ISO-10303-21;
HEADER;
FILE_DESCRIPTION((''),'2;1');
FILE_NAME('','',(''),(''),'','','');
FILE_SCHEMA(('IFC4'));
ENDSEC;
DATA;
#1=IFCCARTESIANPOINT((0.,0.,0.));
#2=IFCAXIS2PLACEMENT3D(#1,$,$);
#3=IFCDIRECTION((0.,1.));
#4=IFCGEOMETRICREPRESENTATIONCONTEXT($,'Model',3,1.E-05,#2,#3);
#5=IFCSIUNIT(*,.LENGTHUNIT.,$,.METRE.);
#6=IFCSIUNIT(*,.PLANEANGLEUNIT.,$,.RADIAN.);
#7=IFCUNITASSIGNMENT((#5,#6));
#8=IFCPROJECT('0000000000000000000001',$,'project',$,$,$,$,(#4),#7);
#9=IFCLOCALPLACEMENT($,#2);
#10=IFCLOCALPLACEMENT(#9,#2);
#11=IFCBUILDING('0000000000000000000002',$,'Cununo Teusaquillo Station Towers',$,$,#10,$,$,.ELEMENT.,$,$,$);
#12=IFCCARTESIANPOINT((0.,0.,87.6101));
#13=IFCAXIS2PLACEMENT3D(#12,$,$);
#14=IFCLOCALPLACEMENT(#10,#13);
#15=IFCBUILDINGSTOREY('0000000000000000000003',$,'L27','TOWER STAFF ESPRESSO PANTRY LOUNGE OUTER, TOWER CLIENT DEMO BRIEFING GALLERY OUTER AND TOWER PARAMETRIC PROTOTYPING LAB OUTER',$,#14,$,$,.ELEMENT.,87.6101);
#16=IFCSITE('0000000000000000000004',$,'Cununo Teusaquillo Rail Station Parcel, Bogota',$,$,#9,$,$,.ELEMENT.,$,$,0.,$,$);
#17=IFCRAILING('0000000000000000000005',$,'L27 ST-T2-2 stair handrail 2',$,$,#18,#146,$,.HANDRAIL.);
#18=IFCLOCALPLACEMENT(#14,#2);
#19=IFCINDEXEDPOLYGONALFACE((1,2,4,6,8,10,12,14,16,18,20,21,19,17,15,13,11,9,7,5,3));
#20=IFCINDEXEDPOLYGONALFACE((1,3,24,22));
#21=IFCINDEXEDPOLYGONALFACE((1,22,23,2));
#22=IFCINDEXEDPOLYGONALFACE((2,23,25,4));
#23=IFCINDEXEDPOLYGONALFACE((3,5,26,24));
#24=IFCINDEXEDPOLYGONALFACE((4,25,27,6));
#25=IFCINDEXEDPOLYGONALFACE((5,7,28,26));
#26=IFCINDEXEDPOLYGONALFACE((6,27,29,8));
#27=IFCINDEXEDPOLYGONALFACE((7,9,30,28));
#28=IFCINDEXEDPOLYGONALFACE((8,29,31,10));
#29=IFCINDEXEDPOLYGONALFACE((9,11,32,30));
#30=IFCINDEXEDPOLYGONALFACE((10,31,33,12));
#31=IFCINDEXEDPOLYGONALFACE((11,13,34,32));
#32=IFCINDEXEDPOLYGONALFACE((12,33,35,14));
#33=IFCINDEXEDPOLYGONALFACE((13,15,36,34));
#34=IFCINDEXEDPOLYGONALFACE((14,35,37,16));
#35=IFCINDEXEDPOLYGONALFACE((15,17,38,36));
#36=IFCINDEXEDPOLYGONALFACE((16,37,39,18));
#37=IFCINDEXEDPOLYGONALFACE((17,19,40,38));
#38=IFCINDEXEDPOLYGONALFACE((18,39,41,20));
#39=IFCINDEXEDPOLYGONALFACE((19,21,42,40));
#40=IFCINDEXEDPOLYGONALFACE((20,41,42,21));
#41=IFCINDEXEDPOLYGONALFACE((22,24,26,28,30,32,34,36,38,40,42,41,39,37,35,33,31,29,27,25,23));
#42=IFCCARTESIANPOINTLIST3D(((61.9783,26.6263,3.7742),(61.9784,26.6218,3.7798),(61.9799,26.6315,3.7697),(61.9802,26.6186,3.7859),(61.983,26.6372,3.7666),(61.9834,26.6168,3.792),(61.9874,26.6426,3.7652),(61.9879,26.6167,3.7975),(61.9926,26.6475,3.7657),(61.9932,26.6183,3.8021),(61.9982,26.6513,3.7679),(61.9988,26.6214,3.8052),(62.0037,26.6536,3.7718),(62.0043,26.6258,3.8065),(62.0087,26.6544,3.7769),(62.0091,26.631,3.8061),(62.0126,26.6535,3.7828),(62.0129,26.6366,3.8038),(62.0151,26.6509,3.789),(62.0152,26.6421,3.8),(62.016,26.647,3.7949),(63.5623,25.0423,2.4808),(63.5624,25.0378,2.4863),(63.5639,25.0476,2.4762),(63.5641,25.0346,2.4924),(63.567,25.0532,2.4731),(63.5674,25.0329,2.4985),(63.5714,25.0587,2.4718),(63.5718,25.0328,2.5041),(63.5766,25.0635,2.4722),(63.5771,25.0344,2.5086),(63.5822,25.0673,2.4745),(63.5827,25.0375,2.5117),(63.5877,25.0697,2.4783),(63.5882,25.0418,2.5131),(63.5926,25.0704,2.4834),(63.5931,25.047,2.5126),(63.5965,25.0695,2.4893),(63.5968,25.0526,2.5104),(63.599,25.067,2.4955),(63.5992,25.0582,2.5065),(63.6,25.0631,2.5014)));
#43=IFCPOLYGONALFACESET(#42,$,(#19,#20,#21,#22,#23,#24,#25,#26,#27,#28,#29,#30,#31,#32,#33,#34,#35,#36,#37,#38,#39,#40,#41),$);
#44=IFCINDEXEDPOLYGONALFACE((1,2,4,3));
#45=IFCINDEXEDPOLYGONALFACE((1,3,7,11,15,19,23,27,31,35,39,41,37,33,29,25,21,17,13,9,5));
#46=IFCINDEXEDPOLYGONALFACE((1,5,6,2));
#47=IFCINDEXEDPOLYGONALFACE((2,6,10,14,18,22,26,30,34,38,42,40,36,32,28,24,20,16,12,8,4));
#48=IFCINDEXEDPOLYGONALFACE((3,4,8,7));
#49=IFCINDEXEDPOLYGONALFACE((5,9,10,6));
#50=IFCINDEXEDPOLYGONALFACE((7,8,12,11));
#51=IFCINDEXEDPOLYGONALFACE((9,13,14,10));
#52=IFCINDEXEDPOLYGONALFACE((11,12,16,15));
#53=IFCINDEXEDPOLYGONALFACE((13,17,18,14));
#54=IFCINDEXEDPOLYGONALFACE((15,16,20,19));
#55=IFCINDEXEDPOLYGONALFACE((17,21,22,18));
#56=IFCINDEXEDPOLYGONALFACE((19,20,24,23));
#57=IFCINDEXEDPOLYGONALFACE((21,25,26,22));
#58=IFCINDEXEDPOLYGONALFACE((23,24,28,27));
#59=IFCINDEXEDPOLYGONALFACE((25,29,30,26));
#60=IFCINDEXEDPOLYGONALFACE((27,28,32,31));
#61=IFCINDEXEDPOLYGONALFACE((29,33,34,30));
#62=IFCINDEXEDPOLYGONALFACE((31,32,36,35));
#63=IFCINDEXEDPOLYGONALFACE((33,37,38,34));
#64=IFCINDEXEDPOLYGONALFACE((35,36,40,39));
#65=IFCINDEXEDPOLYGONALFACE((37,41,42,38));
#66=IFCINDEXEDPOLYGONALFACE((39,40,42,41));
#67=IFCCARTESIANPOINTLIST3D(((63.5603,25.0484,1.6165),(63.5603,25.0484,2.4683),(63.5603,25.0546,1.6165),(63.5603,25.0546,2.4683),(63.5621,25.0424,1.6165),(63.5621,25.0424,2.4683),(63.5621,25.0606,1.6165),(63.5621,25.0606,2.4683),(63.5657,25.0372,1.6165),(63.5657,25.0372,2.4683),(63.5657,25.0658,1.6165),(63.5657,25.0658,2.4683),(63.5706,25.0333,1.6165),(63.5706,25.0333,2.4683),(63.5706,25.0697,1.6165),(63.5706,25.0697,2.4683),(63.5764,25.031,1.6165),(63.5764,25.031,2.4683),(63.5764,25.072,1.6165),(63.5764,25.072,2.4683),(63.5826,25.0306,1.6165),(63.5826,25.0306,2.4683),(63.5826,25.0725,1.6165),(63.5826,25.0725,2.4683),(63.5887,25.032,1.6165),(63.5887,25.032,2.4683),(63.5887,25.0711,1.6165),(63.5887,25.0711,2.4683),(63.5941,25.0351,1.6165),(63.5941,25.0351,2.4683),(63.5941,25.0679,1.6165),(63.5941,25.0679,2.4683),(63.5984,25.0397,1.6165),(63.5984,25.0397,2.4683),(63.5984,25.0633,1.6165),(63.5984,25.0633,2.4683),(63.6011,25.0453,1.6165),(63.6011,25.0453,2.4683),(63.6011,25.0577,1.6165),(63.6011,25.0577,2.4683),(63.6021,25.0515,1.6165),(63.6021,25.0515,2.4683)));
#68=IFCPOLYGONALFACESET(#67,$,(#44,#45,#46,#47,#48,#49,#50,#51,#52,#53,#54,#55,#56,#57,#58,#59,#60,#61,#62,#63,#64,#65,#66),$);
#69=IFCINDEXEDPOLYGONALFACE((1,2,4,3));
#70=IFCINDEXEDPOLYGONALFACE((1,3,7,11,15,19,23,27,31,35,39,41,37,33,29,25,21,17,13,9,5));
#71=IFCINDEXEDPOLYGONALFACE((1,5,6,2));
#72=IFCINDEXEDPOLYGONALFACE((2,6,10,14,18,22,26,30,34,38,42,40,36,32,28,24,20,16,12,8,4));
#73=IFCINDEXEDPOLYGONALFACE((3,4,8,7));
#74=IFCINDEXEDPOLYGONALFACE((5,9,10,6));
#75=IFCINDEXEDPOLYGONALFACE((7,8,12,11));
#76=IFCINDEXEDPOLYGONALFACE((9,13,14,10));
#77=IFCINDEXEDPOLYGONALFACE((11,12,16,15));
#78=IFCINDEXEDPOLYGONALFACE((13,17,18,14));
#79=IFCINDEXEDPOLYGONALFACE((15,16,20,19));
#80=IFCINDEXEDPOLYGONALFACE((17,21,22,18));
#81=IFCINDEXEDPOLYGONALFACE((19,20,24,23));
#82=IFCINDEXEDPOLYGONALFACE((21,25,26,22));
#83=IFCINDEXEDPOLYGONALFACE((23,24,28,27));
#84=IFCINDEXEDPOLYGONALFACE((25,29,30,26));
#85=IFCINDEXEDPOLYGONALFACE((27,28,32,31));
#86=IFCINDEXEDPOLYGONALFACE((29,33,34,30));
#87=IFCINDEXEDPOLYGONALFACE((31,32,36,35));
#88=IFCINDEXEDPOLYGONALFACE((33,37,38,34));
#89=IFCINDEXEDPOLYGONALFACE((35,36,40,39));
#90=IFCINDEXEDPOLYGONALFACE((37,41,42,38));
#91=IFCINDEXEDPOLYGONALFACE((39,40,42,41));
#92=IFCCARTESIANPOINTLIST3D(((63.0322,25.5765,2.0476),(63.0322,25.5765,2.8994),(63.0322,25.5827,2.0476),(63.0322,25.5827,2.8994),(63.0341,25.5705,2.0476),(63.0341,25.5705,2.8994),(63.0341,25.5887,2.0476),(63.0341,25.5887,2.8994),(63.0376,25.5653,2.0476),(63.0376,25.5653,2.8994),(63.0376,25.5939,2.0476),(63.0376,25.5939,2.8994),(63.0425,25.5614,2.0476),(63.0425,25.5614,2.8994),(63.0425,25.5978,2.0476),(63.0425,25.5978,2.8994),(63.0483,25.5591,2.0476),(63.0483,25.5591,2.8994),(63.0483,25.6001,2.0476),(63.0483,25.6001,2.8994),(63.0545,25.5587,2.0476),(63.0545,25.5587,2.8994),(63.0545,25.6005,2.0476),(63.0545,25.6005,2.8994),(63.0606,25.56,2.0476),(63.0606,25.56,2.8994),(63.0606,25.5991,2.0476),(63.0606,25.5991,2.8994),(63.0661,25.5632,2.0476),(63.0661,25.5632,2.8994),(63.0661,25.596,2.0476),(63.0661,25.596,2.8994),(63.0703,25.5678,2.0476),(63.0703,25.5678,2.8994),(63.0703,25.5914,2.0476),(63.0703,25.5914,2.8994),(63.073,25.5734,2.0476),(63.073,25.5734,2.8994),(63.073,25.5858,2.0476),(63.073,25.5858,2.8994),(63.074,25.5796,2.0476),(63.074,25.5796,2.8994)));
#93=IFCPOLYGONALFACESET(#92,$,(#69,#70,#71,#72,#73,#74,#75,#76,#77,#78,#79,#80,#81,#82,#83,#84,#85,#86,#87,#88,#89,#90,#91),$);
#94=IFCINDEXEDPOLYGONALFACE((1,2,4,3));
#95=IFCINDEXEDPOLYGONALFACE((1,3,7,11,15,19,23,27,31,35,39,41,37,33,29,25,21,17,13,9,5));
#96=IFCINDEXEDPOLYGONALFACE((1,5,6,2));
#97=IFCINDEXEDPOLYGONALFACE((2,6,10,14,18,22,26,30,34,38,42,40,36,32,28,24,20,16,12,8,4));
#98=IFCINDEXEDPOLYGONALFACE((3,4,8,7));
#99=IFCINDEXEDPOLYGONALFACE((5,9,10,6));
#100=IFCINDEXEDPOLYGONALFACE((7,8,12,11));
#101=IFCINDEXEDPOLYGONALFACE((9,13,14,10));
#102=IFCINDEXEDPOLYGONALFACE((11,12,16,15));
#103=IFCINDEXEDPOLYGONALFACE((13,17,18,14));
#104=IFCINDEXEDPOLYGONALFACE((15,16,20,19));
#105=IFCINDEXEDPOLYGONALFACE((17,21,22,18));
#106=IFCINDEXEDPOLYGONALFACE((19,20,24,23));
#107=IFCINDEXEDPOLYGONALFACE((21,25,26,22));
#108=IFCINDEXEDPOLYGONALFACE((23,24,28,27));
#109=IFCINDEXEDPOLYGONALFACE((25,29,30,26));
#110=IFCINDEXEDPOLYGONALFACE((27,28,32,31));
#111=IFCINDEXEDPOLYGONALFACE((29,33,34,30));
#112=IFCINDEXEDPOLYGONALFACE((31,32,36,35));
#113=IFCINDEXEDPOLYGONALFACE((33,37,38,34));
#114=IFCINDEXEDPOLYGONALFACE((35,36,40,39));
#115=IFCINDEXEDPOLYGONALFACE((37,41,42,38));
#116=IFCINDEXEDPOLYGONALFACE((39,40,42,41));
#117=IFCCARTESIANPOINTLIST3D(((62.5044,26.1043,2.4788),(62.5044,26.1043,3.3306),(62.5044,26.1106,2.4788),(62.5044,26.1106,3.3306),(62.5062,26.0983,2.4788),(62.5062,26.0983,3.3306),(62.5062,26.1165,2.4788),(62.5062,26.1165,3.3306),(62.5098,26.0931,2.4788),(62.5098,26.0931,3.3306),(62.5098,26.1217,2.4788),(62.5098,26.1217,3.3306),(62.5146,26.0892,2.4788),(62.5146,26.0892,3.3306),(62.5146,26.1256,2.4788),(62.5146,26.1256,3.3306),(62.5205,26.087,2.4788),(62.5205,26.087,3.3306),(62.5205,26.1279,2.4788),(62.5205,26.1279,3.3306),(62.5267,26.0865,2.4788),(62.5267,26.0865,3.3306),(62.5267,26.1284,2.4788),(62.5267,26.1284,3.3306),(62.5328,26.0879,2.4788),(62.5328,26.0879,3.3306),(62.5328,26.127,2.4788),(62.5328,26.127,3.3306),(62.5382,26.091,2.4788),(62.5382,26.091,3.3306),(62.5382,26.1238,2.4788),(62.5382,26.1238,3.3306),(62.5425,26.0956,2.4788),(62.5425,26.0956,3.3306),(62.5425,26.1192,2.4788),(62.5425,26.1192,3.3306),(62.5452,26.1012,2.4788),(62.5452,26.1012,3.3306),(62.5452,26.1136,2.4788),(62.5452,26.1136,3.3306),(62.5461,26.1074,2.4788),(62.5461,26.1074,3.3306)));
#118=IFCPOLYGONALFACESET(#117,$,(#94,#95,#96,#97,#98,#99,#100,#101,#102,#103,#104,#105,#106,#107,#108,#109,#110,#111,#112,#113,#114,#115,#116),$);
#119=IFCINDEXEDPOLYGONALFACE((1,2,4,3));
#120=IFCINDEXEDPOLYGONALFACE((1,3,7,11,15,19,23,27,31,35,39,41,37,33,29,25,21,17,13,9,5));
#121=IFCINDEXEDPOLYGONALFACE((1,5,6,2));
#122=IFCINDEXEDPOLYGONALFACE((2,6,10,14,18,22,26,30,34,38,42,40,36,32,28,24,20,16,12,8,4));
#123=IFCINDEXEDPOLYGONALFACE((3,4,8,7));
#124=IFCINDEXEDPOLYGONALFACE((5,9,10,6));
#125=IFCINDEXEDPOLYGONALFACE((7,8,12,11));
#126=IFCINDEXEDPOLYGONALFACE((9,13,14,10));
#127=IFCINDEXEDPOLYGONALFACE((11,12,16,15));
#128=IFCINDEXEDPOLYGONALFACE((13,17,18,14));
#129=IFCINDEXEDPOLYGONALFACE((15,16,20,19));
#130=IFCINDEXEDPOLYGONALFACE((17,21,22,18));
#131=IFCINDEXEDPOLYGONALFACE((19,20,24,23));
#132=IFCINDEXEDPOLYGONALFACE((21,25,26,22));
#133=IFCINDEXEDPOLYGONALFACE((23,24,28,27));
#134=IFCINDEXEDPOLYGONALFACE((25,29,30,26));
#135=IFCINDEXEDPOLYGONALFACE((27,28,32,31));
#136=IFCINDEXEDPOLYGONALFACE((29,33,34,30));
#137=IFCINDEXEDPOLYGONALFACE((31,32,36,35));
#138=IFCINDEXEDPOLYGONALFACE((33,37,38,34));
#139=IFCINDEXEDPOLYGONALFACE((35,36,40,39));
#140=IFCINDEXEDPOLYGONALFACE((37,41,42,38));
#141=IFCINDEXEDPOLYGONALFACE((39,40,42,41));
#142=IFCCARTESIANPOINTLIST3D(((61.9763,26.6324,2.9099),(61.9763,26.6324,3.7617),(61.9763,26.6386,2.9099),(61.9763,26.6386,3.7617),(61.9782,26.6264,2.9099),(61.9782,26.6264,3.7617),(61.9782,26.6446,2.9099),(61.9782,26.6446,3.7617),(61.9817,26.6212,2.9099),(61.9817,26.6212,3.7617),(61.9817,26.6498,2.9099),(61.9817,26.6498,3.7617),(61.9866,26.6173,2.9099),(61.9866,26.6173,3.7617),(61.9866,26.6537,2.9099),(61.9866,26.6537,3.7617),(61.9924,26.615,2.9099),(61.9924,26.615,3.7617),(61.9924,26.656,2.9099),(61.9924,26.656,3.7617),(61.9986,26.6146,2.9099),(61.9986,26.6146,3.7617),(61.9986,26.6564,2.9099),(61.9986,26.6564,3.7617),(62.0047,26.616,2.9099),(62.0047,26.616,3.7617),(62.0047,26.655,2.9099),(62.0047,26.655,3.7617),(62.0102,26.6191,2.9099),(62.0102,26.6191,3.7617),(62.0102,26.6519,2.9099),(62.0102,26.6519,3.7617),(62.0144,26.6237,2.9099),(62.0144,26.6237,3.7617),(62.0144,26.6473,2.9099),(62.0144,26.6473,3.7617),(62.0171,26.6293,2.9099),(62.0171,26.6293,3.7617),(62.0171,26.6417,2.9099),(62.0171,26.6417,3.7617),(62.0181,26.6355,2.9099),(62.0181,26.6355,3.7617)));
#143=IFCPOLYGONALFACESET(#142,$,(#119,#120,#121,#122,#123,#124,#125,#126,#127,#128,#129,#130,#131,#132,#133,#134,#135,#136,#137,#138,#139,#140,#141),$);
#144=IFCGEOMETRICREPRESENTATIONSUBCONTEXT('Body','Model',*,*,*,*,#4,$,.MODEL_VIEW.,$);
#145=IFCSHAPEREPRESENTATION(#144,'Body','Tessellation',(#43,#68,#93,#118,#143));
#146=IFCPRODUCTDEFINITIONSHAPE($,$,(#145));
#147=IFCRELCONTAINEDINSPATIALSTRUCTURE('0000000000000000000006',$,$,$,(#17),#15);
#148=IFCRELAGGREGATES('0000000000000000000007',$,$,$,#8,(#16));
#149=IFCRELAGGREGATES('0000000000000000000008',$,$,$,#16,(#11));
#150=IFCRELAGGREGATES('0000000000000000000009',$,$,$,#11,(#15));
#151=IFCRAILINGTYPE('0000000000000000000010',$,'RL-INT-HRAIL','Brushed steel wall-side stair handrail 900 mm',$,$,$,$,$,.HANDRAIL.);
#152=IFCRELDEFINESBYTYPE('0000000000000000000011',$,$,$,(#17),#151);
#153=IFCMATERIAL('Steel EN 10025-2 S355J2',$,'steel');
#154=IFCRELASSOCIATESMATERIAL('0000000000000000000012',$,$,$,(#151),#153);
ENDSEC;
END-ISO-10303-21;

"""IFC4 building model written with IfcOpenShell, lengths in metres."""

from ifc_helpers import new_model, si_unit, direction, frame, origin, origin_2d, place, context, subcontext, project, spatial, circle, extrude, material, type_object, element, save


model = new_model("IFC4")

# Units and contexts
model_context = context("Model", 3, precision=1e-05, world=origin(), true_north=direction((0.0, 1.0)))
body_context = subcontext(model_context, "Body", "Model", "MODEL_VIEW")
ifc_project = project(units=[si_unit("LENGTHUNIT", "METRE"), si_unit("PLANEANGLEUNIT", "RADIAN")], contexts=[model_context])

# Site, building, storey
site_placement = place(None, origin())
site = spatial("IfcSite", under=ifc_project, at=site_placement, Name="Cununo Teusaquillo Rail Station Parcel, Bogota", CompositionType="ELEMENT", RefElevation=0.0)
building_placement = place(site_placement, origin())
building = spatial("IfcBuilding", under=site, at=building_placement, Name="Cununo Teusaquillo Station Towers", CompositionType="ELEMENT")
storey_placement = place(building_placement, frame((0.0, 0.0, 87.6101)))
storey = spatial("IfcBuildingStorey", under=building, at=storey_placement, Name="L27", Description="TOWER STAFF ESPRESSO PANTRY LOUNGE OUTER, TOWER CLIENT DEMO BRIEFING GALLERY OUTER AND TOWER PARAMETRIC PROTOTYPING LAB OUTER", CompositionType="ELEMENT", Elevation=87.6101)

# Railing
ifc_material_1 = material(Name="Steel EN 10025-2 S355J2", Category="steel")
railing_type_1 = type_object("IfcRailingType", Name="RL-INT-HRAIL", Description="Brushed steel wall-side stair handrail 900 mm", PredefinedType="HANDRAIL", material=ifc_material_1)
railing_1_placement = place(storey_placement, frame((63.5811, 25.0515, 1.6165)))
element("IfcRailing", 1, at=railing_1_placement, inside=storey, type_object=railing_type_1, Name="L27 ST-T2-2 stair handrail 2", PredefinedType="HANDRAIL", context=body_context, shape_type="SweptSolid", body=[
    extrude(circle(Radius=0.0239, at=origin_2d()), frame((0.0, 0.0, 0.876), z_axis=(-0.612356, 0.612356, 0.50004), x_axis=(-0.707107, -0.707107, 0.0)), (0.0, 0.0, 1.0), 2.5867),
    extrude(circle(Radius=0.021, at=origin_2d()), origin(), (0.0, 0.0, 1.0), 0.8518),
    extrude(circle(Radius=0.021, at=origin_2d()), frame((-0.5281, 0.5281, 0.4312)), (0.0, 0.0, 1.0), 0.8518),
    extrude(circle(Radius=0.021, at=origin_2d()), frame((-1.0559, 1.0559, 0.8623)), (0.0, 0.0, 1.0), 0.8518),
    extrude(circle(Radius=0.021, at=origin_2d()), frame((-1.584, 1.584, 1.2935)), (0.0, 0.0, 1.0), 0.8518),
])

save(model, "model.ifc")
